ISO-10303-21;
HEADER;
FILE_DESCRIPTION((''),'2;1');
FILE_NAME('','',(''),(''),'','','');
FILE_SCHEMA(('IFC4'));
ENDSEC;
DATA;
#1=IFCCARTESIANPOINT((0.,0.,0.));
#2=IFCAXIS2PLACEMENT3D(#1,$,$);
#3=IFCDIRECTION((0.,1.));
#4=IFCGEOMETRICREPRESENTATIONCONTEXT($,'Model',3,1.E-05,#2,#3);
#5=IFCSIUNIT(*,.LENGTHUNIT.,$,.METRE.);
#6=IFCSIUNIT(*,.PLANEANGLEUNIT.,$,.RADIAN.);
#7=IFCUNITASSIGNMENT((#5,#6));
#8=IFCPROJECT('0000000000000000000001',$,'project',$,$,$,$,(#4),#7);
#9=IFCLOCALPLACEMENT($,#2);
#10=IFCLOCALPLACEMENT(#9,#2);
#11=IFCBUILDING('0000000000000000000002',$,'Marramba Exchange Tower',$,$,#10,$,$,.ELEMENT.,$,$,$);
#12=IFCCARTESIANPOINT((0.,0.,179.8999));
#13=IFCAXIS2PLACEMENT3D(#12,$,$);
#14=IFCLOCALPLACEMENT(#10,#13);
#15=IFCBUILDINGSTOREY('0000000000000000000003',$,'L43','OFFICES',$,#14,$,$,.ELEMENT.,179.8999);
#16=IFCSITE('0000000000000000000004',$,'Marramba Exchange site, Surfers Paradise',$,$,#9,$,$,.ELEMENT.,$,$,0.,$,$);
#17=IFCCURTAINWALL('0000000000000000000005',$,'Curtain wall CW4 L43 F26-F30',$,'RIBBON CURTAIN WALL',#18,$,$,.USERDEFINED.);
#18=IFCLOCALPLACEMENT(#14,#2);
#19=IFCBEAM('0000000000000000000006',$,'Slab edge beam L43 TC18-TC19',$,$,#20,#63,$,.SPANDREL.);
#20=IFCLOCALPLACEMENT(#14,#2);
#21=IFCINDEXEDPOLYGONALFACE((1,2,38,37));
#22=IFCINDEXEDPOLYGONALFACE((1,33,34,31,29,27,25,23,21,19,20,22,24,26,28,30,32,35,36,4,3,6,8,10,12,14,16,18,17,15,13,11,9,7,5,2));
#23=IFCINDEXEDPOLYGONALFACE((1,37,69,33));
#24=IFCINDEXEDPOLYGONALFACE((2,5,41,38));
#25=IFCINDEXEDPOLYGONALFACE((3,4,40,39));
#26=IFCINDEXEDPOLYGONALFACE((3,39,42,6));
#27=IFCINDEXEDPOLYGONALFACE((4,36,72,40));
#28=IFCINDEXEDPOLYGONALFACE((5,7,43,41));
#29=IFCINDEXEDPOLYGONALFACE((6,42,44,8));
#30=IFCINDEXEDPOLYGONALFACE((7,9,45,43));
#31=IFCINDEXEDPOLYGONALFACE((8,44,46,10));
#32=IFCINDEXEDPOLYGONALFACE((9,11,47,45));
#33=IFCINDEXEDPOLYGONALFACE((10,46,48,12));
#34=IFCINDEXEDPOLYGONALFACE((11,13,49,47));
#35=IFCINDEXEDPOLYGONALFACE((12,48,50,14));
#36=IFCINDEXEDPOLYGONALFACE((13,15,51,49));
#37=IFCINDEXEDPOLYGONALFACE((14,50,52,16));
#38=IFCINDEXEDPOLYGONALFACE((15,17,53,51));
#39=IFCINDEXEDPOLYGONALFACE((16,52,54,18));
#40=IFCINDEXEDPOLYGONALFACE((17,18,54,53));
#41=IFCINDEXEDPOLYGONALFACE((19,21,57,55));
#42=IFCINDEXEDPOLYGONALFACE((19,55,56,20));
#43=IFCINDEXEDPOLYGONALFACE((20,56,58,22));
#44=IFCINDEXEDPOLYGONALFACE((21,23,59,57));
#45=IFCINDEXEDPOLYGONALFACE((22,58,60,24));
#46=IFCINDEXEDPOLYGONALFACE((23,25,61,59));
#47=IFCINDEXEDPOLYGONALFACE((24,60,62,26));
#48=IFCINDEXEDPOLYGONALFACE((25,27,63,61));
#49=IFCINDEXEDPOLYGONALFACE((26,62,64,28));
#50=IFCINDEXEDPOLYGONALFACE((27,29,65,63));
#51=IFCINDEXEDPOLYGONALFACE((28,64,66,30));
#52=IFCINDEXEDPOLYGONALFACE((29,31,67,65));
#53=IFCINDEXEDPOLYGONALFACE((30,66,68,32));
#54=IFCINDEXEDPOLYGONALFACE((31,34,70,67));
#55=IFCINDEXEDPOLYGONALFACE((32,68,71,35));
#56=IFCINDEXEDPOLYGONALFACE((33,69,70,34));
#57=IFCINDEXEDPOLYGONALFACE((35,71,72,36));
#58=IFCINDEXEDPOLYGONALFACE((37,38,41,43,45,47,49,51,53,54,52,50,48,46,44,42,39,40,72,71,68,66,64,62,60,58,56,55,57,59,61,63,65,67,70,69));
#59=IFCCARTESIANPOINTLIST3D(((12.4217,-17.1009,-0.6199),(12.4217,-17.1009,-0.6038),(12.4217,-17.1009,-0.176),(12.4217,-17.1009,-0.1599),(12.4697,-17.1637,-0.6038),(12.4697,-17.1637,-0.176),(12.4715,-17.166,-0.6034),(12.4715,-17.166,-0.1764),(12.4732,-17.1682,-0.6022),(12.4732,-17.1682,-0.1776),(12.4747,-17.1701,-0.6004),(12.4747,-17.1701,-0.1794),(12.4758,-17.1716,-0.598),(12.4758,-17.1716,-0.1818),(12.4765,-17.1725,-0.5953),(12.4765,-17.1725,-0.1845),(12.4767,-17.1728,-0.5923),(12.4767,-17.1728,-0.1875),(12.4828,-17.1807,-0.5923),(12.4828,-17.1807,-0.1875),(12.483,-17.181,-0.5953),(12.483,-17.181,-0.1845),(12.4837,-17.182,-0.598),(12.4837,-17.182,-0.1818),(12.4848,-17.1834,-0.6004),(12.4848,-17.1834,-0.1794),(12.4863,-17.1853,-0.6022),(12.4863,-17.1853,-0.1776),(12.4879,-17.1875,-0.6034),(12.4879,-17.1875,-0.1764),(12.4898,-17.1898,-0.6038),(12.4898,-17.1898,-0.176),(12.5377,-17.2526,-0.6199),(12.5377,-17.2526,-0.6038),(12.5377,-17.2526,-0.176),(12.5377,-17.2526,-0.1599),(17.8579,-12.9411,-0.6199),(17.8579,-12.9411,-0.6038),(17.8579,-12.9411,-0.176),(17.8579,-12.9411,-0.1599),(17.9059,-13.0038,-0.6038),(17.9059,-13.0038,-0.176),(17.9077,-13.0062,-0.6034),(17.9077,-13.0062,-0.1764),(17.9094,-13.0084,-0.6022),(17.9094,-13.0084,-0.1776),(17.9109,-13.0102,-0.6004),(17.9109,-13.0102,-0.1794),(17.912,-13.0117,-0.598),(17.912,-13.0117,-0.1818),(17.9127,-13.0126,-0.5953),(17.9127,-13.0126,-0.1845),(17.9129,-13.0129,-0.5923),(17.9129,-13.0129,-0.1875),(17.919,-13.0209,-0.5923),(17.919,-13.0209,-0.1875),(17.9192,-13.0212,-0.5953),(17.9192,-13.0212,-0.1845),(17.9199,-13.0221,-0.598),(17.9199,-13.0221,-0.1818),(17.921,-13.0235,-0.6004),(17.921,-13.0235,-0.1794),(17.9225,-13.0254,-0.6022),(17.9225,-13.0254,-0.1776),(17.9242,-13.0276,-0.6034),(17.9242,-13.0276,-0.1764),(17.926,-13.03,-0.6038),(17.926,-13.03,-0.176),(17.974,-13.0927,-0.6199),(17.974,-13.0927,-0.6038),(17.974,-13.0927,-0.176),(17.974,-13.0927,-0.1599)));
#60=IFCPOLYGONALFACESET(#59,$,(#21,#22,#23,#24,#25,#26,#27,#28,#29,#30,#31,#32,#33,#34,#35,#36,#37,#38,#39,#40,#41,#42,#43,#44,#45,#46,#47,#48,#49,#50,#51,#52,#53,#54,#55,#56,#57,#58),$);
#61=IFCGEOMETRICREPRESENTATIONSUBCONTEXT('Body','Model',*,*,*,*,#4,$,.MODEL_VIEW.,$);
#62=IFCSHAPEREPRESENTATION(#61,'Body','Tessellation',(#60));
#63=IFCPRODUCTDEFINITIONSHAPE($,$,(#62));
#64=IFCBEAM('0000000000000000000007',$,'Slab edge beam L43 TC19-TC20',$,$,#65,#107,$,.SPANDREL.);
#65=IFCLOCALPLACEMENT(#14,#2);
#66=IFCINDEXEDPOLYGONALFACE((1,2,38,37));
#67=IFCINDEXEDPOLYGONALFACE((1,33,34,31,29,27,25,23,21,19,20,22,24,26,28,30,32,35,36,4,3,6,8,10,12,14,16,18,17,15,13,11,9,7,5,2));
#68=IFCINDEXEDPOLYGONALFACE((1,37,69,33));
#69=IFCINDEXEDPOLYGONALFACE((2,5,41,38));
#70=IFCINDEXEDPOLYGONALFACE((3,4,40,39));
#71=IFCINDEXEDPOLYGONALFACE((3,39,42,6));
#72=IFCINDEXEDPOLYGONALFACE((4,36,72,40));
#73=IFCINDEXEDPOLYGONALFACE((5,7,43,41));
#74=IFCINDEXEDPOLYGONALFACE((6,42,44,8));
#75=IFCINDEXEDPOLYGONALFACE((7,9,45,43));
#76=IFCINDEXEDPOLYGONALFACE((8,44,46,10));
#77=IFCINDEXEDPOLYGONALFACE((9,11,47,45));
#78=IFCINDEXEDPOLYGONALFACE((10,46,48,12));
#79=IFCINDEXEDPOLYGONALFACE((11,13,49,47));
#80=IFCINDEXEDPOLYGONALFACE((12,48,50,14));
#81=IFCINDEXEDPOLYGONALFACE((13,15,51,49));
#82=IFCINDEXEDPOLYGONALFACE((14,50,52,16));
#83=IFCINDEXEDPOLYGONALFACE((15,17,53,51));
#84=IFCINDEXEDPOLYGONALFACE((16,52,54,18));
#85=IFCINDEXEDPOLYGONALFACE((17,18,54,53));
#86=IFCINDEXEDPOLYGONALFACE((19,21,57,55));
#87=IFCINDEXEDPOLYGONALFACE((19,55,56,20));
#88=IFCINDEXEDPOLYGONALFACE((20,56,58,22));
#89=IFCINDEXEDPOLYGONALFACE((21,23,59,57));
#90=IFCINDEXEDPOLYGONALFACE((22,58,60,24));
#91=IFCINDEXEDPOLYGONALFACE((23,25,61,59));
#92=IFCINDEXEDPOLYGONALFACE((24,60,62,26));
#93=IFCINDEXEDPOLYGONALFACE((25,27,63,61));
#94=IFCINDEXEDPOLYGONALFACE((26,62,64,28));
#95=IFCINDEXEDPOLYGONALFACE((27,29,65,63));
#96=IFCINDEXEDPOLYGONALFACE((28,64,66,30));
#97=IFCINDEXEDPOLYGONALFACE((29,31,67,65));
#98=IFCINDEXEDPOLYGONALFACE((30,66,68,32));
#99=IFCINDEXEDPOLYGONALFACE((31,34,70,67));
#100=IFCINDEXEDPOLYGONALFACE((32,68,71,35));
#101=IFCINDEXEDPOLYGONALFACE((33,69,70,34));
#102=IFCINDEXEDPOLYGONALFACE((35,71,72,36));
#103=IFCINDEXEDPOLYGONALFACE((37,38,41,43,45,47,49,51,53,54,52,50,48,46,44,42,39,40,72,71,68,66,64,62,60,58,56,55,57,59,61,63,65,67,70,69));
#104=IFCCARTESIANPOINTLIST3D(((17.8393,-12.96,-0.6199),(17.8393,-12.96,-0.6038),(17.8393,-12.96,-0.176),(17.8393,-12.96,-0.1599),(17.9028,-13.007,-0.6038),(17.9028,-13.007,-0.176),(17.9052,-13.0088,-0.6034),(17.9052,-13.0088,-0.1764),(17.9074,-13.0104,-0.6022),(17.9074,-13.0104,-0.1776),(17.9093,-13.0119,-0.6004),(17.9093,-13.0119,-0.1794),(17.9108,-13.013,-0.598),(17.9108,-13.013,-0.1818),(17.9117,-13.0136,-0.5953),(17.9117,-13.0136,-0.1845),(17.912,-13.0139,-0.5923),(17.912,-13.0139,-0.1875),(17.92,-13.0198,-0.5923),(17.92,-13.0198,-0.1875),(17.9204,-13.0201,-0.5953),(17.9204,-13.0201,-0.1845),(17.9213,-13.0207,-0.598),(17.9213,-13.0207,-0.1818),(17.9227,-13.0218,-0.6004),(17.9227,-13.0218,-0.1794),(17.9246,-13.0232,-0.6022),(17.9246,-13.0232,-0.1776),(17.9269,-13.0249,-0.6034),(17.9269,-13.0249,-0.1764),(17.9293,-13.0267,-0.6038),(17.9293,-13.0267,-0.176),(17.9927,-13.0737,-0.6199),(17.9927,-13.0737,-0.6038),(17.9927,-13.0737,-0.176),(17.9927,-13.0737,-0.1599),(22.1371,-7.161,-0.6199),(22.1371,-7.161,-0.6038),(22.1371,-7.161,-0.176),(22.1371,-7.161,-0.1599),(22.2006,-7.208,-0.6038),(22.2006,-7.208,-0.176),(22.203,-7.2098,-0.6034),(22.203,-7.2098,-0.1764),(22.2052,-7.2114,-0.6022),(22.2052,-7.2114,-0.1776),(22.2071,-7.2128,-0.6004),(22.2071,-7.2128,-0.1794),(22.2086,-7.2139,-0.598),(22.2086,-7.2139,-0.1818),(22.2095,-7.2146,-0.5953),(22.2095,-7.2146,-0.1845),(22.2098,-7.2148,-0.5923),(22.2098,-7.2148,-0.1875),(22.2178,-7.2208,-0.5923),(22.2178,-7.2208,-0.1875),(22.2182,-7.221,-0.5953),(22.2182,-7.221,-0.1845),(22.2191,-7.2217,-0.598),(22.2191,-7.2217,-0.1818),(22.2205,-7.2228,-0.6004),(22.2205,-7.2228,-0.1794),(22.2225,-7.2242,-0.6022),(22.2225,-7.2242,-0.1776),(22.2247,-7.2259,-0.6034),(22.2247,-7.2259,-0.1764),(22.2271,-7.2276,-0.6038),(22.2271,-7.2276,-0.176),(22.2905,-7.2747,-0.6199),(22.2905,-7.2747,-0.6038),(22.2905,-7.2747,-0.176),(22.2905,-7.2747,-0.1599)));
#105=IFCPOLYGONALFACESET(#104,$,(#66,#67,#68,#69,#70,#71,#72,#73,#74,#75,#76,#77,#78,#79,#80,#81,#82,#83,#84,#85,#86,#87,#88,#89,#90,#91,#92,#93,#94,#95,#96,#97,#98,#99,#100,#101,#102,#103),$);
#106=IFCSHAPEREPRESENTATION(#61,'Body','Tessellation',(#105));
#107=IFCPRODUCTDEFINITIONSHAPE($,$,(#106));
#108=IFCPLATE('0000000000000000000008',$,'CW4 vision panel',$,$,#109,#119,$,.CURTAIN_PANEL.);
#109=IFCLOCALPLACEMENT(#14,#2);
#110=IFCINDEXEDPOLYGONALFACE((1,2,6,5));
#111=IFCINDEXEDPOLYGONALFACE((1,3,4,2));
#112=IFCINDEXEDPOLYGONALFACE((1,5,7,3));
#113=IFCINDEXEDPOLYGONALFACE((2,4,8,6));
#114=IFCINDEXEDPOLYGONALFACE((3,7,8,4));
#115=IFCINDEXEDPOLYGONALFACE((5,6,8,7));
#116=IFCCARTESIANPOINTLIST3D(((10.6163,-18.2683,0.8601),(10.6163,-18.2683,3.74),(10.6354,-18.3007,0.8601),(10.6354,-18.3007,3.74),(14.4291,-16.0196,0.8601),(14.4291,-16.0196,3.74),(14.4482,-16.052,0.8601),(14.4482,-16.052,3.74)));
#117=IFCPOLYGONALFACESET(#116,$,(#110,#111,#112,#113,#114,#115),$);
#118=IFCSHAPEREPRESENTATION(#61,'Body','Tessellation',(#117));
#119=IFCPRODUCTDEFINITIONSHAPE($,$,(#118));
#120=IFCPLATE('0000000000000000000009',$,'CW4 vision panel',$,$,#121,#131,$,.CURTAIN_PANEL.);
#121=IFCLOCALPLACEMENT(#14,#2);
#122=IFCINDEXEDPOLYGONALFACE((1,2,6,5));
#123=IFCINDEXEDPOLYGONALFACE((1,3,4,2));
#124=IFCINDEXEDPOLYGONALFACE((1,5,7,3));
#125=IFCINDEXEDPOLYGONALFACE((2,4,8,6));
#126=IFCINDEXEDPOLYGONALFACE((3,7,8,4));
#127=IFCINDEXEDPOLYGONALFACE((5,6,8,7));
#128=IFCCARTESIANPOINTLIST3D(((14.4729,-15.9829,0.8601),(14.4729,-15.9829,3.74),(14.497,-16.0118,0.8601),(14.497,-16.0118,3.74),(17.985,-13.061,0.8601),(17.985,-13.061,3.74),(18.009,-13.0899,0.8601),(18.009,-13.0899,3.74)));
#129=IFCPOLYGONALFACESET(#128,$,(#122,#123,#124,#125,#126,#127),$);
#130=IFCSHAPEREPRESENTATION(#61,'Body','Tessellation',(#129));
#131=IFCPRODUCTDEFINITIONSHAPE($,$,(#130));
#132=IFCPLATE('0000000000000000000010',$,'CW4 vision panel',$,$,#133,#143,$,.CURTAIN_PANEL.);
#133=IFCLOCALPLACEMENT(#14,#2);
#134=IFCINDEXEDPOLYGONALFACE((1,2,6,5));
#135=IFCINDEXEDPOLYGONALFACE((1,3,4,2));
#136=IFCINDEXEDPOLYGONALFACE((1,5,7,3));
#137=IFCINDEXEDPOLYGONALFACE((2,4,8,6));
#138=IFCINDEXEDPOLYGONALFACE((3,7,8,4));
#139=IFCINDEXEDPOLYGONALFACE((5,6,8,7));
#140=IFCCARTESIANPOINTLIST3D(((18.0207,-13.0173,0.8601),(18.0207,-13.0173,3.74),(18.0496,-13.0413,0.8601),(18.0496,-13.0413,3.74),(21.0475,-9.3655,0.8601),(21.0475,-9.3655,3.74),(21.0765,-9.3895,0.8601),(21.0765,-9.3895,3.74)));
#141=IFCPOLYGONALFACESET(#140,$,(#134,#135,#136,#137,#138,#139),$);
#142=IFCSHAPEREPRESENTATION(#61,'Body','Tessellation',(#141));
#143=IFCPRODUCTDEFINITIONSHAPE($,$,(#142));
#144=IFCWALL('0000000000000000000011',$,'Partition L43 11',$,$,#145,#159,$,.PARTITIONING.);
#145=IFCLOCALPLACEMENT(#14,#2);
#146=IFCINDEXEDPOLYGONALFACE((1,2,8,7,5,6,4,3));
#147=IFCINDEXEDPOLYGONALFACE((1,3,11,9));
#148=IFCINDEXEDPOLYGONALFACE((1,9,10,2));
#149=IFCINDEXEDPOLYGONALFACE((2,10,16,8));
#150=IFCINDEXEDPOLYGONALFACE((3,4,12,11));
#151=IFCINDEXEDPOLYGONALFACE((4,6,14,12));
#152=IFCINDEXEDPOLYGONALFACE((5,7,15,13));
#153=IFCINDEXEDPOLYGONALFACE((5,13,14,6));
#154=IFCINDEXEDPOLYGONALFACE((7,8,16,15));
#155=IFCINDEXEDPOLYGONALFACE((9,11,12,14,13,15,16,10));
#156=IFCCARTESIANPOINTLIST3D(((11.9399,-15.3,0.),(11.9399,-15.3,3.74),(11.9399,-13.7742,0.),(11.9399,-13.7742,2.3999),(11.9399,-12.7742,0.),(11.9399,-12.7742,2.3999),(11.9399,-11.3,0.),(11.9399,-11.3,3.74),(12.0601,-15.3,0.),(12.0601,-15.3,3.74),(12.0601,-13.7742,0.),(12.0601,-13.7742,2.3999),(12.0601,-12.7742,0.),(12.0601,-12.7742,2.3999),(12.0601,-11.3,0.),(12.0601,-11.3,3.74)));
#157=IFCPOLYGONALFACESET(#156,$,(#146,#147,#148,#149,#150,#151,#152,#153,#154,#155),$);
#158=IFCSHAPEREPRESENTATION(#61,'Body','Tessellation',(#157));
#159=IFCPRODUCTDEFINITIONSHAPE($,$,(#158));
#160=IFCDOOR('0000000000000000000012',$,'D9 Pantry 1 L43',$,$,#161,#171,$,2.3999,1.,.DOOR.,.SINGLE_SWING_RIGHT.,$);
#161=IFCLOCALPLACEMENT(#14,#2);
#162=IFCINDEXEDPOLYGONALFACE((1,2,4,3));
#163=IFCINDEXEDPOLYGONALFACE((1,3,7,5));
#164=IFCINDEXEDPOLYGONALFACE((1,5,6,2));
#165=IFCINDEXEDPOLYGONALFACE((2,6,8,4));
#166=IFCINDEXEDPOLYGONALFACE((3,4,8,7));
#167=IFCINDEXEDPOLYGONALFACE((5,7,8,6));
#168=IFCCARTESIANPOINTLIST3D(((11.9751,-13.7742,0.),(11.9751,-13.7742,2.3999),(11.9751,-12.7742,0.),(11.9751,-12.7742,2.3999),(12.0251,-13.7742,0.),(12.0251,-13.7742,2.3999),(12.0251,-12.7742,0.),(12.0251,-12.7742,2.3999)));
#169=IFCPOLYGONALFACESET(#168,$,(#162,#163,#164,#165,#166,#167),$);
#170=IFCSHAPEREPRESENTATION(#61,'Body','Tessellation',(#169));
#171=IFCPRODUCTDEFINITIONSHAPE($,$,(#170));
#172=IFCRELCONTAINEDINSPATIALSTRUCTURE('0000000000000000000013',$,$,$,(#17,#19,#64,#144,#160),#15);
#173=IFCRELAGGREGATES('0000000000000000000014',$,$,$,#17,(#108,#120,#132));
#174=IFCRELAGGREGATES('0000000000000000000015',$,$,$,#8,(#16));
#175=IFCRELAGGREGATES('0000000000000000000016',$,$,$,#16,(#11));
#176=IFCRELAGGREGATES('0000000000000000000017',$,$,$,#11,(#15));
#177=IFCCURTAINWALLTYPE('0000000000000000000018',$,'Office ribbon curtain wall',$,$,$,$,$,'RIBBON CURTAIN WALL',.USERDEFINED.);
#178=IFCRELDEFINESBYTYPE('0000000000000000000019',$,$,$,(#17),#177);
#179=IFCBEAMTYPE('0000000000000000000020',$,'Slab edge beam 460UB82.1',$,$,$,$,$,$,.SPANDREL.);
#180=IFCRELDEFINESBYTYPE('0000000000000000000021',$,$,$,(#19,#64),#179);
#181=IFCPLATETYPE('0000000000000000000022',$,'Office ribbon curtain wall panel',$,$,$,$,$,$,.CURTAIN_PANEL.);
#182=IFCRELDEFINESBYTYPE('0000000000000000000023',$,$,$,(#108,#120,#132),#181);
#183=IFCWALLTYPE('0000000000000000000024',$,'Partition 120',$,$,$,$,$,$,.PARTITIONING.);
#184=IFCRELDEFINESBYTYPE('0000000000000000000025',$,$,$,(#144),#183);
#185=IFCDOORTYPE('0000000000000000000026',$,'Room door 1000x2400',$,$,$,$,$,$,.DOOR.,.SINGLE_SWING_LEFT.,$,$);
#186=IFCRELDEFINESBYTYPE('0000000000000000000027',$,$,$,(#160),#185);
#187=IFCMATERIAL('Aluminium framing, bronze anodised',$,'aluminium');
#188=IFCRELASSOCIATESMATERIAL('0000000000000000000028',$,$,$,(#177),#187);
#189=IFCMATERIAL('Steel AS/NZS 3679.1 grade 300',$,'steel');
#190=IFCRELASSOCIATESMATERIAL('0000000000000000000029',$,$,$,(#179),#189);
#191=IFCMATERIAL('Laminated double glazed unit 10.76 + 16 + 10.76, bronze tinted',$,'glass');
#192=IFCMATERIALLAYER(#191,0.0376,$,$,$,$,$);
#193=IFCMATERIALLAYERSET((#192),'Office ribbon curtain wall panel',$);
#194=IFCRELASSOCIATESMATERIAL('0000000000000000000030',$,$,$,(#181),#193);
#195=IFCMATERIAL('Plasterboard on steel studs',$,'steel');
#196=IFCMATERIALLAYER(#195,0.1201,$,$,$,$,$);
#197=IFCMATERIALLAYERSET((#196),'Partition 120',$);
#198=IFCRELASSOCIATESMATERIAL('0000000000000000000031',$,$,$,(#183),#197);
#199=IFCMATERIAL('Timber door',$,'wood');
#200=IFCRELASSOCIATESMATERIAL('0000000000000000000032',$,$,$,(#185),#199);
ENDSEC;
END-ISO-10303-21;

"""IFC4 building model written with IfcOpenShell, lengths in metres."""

from ifc_helpers import new_model, si_unit, direction, frame, frame_2d, origin, origin_2d, place, context, subcontext, project, spatial, rectangle, i_section, extrude, material, layer, layer_set, material_profile, profile_set, type_object, element, fill, aggregate, save


model = new_model("IFC4")

# Units and contexts
model_context = context("Model", 3, precision=1e-05, world=origin(), true_north=direction((0.0, 1.0)))
body_context = subcontext(model_context, "Body", "Model", "MODEL_VIEW")
ifc_project = project(units=[si_unit("LENGTHUNIT", "METRE"), si_unit("PLANEANGLEUNIT", "RADIAN")], contexts=[model_context])

# Site, building, storey
site_placement = place(None, origin())
site = spatial("IfcSite", under=ifc_project, at=site_placement, Name="Marramba Exchange site, Surfers Paradise", CompositionType="ELEMENT", RefElevation=0.0)
building_placement = place(site_placement, origin())
building = spatial("IfcBuilding", under=site, at=building_placement, Name="Marramba Exchange Tower", CompositionType="ELEMENT")
storey_placement = place(building_placement, frame((0.0, 0.0, 179.8999)))
storey = spatial("IfcBuildingStorey", under=building, at=storey_placement, Name="L43", Description="OFFICES", CompositionType="ELEMENT", Elevation=179.8999)

# Curtain wall
ifc_material_1 = material(Name="Aluminium framing, bronze anodised", Category="aluminium")
curtain_wall_type = type_object("IfcCurtainWallType", Name="Office ribbon curtain wall", ElementType="RIBBON CURTAIN WALL", PredefinedType="USERDEFINED", material=ifc_material_1)
curtain_wall_placement = place(storey_placement, origin())
curtain_wall = element("IfcCurtainWall", 1, at=curtain_wall_placement, inside=storey, type_object=curtain_wall_type, Name="Curtain wall CW4 L43 F26-F30", ObjectType="RIBBON CURTAIN WALL", PredefinedType="USERDEFINED")

# Beams
ifc_material_2 = material(Name="Steel AS/NZS 3679.1 grade 300", Category="steel")
ifc_material_profile_1 = material_profile(ifc_material_2, i_section(OverallWidth=0.1909, OverallDepth=0.46, WebThickness=0.01, FlangeThickness=0.0161, FilletRadius=0.0115, at=origin_2d()), Name="460UB82.1")
ifc_profile_set_1 = profile_set([ifc_material_profile_1], Name="Steel AS/NZS 3679.1 grade 300")
beam_type_1 = type_object("IfcBeamType", Name="Slab edge beam 460UB82.1", PredefinedType="SPANDREL", material=ifc_profile_set_1)
beam_1_placement = place(storey_placement, frame((12.4797, -17.1768, -0.3899), z_axis=(0.794163, 0.607704, 0.0), x_axis=(-0.607704, 0.794163, 0.0)))
element("IfcBeam", 2, at=beam_1_placement, inside=storey, type_object=beam_type_1, Name="Slab edge beam L43 TC18-TC19", PredefinedType="SPANDREL", context=body_context, shape_type="SweptSolid", body=[
    extrude(i_section(OverallWidth=0.1909, OverallDepth=0.46, WebThickness=0.01, FlangeThickness=0.0161, FilletRadius=0.0115, at=origin_2d()), origin(), (0.0, 0.0, 1.0), 6.8452),
])
beam_2_placement = place(storey_placement, frame((17.916, -13.0168, -0.3899), z_axis=(0.595428, 0.803409, 0.0), x_axis=(-0.803409, 0.595428, 0.0)))
element("IfcBeam", 3, at=beam_2_placement, inside=storey, type_object=beam_type_1, Name="Slab edge beam L43 TC19-TC20", PredefinedType="SPANDREL", context=body_context, shape_type="SweptSolid", body=[
    extrude(i_section(OverallWidth=0.1909, OverallDepth=0.46, WebThickness=0.01, FlangeThickness=0.0161, FilletRadius=0.0115, at=origin_2d()), origin(), (0.0, 0.0, 1.0), 7.218),
])

# Plates
ifc_material_3 = material(Name="Laminated double glazed unit 10.76 + 16 + 10.76, bronze tinted", Category="glass")
ifc_layer_1 = layer(ifc_material_3, 0.0376)
ifc_layer_set_1 = layer_set([ifc_layer_1], Name="Office ribbon curtain wall panel")
plate_type = type_object("IfcPlateType", Name="Office ribbon curtain wall panel", PredefinedType="CURTAIN_PANEL", material=ifc_layer_set_1)
plate_1_placement = place(storey_placement, frame((12.5322, -17.1602, 0.8601), z_axis=(0.0, 0.0, 1.0), x_axis=(0.861351, 0.508011, 0.0)))
plate_1 = element("IfcPlate", 4, at=plate_1_placement, type_object=plate_type, Name="CW4 vision panel", PredefinedType="CURTAIN_PANEL", context=body_context, shape_type="SweptSolid", body=[
    extrude(rectangle(XDim=4.4265, YDim=0.0376, at=origin_2d()), origin(), (0.0, 0.0, 1.0), 2.8799),
])
plate_2_placement = place(storey_placement, frame((16.241, -14.5364, 0.8601), z_axis=(0.0, 0.0, 1.0), x_axis=(0.768737, 0.639565, 0.0)))
plate_2 = element("IfcPlate", 5, at=plate_2_placement, type_object=plate_type, Name="CW4 vision panel", PredefinedType="CURTAIN_PANEL", context=body_context, shape_type="SweptSolid", body=[
    extrude(rectangle(XDim=4.5686, YDim=0.0376, at=origin_2d()), origin(), (0.0, 0.0, 1.0), 2.8799),
])
plate_3_placement = place(storey_placement, frame((19.5486, -11.2034, 0.8601), z_axis=(0.0, 0.0, 1.0), x_axis=(0.63815, 0.769912, 0.0)))
plate_3 = element("IfcPlate", 6, at=plate_3_placement, type_object=plate_type, Name="CW4 vision panel", PredefinedType="CURTAIN_PANEL", context=body_context, shape_type="SweptSolid", body=[
    extrude(rectangle(XDim=4.7432, YDim=0.0376, at=origin_2d()), origin(), (0.0, 0.0, 1.0), 2.8799),
])
aggregate(curtain_wall, [plate_1, plate_2, plate_3])

# Wall, opening, door
ifc_material_4 = material(Name="Plasterboard on steel studs", Category="steel")
ifc_layer_2 = layer(ifc_material_4, 0.1201)
ifc_layer_set_2 = layer_set([ifc_layer_2], Name="Partition 120")
wall_type_1 = type_object("IfcWallType", Name="Partition 120", PredefinedType="PARTITIONING", material=ifc_layer_set_2)
wall_1_placement = place(storey_placement, frame((12.0, -15.3, 0.0), z_axis=(0.0, 0.0, 1.0), x_axis=(0.0, 1.0, 0.0)))
wall_1 = element("IfcWall", 7, at=wall_1_placement, inside=storey, type_object=wall_type_1, Name="Partition L43 11", PredefinedType="PARTITIONING", context=body_context, shape_type="SweptSolid", body=[
    extrude(rectangle(XDim=4.0, YDim=0.1201, at=frame_2d((2.0, 0.0))), origin(), (0.0, 0.0, 1.0), 3.74),
])
opening_1_placement = place(wall_1_placement, frame((1.5259, 0.0, 0.0)))
opening_1 = element("IfcOpeningElement", 8, at=opening_1_placement, cuts=wall_1, PredefinedType="OPENING", context=body_context, shape_type="SweptSolid", body=[
    extrude(rectangle(XDim=1.0, YDim=2.3999, at=frame_2d((0.5, 1.2))), frame((0.0, 0.0701, 0.0), z_axis=(0.0, -1.0, 0.0), x_axis=(1.0, 0.0, 0.0)), (0.0, 0.0, 1.0), 0.1401),
])
ifc_material_5 = material(Name="Timber door", Category="wood")
door_type_1 = type_object("IfcDoorType", Name="Room door 1000x2400", OperationType="SINGLE_SWING_LEFT", PredefinedType="DOOR", material=ifc_material_5)
door_1_placement = place(opening_1_placement, origin())
door_1 = element("IfcDoor", 9, at=door_1_placement, inside=storey, type_object=door_type_1, Name="D9 Pantry 1 L43", OperationType="SINGLE_SWING_RIGHT", OverallHeight=2.3999, OverallWidth=1.0, PredefinedType="DOOR", context=body_context, shape_type="SweptSolid", body=[
    extrude(rectangle(XDim=1.0, YDim=2.3999, at=frame_2d((0.5, 1.2))), frame((0.0, 0.0249, 0.0), z_axis=(0.0, -1.0, 0.0), x_axis=(1.0, 0.0, 0.0)), (0.0, 0.0, 1.0), 0.05),
])
fill(opening_1, door_1)

save(model, "model.ifc")
